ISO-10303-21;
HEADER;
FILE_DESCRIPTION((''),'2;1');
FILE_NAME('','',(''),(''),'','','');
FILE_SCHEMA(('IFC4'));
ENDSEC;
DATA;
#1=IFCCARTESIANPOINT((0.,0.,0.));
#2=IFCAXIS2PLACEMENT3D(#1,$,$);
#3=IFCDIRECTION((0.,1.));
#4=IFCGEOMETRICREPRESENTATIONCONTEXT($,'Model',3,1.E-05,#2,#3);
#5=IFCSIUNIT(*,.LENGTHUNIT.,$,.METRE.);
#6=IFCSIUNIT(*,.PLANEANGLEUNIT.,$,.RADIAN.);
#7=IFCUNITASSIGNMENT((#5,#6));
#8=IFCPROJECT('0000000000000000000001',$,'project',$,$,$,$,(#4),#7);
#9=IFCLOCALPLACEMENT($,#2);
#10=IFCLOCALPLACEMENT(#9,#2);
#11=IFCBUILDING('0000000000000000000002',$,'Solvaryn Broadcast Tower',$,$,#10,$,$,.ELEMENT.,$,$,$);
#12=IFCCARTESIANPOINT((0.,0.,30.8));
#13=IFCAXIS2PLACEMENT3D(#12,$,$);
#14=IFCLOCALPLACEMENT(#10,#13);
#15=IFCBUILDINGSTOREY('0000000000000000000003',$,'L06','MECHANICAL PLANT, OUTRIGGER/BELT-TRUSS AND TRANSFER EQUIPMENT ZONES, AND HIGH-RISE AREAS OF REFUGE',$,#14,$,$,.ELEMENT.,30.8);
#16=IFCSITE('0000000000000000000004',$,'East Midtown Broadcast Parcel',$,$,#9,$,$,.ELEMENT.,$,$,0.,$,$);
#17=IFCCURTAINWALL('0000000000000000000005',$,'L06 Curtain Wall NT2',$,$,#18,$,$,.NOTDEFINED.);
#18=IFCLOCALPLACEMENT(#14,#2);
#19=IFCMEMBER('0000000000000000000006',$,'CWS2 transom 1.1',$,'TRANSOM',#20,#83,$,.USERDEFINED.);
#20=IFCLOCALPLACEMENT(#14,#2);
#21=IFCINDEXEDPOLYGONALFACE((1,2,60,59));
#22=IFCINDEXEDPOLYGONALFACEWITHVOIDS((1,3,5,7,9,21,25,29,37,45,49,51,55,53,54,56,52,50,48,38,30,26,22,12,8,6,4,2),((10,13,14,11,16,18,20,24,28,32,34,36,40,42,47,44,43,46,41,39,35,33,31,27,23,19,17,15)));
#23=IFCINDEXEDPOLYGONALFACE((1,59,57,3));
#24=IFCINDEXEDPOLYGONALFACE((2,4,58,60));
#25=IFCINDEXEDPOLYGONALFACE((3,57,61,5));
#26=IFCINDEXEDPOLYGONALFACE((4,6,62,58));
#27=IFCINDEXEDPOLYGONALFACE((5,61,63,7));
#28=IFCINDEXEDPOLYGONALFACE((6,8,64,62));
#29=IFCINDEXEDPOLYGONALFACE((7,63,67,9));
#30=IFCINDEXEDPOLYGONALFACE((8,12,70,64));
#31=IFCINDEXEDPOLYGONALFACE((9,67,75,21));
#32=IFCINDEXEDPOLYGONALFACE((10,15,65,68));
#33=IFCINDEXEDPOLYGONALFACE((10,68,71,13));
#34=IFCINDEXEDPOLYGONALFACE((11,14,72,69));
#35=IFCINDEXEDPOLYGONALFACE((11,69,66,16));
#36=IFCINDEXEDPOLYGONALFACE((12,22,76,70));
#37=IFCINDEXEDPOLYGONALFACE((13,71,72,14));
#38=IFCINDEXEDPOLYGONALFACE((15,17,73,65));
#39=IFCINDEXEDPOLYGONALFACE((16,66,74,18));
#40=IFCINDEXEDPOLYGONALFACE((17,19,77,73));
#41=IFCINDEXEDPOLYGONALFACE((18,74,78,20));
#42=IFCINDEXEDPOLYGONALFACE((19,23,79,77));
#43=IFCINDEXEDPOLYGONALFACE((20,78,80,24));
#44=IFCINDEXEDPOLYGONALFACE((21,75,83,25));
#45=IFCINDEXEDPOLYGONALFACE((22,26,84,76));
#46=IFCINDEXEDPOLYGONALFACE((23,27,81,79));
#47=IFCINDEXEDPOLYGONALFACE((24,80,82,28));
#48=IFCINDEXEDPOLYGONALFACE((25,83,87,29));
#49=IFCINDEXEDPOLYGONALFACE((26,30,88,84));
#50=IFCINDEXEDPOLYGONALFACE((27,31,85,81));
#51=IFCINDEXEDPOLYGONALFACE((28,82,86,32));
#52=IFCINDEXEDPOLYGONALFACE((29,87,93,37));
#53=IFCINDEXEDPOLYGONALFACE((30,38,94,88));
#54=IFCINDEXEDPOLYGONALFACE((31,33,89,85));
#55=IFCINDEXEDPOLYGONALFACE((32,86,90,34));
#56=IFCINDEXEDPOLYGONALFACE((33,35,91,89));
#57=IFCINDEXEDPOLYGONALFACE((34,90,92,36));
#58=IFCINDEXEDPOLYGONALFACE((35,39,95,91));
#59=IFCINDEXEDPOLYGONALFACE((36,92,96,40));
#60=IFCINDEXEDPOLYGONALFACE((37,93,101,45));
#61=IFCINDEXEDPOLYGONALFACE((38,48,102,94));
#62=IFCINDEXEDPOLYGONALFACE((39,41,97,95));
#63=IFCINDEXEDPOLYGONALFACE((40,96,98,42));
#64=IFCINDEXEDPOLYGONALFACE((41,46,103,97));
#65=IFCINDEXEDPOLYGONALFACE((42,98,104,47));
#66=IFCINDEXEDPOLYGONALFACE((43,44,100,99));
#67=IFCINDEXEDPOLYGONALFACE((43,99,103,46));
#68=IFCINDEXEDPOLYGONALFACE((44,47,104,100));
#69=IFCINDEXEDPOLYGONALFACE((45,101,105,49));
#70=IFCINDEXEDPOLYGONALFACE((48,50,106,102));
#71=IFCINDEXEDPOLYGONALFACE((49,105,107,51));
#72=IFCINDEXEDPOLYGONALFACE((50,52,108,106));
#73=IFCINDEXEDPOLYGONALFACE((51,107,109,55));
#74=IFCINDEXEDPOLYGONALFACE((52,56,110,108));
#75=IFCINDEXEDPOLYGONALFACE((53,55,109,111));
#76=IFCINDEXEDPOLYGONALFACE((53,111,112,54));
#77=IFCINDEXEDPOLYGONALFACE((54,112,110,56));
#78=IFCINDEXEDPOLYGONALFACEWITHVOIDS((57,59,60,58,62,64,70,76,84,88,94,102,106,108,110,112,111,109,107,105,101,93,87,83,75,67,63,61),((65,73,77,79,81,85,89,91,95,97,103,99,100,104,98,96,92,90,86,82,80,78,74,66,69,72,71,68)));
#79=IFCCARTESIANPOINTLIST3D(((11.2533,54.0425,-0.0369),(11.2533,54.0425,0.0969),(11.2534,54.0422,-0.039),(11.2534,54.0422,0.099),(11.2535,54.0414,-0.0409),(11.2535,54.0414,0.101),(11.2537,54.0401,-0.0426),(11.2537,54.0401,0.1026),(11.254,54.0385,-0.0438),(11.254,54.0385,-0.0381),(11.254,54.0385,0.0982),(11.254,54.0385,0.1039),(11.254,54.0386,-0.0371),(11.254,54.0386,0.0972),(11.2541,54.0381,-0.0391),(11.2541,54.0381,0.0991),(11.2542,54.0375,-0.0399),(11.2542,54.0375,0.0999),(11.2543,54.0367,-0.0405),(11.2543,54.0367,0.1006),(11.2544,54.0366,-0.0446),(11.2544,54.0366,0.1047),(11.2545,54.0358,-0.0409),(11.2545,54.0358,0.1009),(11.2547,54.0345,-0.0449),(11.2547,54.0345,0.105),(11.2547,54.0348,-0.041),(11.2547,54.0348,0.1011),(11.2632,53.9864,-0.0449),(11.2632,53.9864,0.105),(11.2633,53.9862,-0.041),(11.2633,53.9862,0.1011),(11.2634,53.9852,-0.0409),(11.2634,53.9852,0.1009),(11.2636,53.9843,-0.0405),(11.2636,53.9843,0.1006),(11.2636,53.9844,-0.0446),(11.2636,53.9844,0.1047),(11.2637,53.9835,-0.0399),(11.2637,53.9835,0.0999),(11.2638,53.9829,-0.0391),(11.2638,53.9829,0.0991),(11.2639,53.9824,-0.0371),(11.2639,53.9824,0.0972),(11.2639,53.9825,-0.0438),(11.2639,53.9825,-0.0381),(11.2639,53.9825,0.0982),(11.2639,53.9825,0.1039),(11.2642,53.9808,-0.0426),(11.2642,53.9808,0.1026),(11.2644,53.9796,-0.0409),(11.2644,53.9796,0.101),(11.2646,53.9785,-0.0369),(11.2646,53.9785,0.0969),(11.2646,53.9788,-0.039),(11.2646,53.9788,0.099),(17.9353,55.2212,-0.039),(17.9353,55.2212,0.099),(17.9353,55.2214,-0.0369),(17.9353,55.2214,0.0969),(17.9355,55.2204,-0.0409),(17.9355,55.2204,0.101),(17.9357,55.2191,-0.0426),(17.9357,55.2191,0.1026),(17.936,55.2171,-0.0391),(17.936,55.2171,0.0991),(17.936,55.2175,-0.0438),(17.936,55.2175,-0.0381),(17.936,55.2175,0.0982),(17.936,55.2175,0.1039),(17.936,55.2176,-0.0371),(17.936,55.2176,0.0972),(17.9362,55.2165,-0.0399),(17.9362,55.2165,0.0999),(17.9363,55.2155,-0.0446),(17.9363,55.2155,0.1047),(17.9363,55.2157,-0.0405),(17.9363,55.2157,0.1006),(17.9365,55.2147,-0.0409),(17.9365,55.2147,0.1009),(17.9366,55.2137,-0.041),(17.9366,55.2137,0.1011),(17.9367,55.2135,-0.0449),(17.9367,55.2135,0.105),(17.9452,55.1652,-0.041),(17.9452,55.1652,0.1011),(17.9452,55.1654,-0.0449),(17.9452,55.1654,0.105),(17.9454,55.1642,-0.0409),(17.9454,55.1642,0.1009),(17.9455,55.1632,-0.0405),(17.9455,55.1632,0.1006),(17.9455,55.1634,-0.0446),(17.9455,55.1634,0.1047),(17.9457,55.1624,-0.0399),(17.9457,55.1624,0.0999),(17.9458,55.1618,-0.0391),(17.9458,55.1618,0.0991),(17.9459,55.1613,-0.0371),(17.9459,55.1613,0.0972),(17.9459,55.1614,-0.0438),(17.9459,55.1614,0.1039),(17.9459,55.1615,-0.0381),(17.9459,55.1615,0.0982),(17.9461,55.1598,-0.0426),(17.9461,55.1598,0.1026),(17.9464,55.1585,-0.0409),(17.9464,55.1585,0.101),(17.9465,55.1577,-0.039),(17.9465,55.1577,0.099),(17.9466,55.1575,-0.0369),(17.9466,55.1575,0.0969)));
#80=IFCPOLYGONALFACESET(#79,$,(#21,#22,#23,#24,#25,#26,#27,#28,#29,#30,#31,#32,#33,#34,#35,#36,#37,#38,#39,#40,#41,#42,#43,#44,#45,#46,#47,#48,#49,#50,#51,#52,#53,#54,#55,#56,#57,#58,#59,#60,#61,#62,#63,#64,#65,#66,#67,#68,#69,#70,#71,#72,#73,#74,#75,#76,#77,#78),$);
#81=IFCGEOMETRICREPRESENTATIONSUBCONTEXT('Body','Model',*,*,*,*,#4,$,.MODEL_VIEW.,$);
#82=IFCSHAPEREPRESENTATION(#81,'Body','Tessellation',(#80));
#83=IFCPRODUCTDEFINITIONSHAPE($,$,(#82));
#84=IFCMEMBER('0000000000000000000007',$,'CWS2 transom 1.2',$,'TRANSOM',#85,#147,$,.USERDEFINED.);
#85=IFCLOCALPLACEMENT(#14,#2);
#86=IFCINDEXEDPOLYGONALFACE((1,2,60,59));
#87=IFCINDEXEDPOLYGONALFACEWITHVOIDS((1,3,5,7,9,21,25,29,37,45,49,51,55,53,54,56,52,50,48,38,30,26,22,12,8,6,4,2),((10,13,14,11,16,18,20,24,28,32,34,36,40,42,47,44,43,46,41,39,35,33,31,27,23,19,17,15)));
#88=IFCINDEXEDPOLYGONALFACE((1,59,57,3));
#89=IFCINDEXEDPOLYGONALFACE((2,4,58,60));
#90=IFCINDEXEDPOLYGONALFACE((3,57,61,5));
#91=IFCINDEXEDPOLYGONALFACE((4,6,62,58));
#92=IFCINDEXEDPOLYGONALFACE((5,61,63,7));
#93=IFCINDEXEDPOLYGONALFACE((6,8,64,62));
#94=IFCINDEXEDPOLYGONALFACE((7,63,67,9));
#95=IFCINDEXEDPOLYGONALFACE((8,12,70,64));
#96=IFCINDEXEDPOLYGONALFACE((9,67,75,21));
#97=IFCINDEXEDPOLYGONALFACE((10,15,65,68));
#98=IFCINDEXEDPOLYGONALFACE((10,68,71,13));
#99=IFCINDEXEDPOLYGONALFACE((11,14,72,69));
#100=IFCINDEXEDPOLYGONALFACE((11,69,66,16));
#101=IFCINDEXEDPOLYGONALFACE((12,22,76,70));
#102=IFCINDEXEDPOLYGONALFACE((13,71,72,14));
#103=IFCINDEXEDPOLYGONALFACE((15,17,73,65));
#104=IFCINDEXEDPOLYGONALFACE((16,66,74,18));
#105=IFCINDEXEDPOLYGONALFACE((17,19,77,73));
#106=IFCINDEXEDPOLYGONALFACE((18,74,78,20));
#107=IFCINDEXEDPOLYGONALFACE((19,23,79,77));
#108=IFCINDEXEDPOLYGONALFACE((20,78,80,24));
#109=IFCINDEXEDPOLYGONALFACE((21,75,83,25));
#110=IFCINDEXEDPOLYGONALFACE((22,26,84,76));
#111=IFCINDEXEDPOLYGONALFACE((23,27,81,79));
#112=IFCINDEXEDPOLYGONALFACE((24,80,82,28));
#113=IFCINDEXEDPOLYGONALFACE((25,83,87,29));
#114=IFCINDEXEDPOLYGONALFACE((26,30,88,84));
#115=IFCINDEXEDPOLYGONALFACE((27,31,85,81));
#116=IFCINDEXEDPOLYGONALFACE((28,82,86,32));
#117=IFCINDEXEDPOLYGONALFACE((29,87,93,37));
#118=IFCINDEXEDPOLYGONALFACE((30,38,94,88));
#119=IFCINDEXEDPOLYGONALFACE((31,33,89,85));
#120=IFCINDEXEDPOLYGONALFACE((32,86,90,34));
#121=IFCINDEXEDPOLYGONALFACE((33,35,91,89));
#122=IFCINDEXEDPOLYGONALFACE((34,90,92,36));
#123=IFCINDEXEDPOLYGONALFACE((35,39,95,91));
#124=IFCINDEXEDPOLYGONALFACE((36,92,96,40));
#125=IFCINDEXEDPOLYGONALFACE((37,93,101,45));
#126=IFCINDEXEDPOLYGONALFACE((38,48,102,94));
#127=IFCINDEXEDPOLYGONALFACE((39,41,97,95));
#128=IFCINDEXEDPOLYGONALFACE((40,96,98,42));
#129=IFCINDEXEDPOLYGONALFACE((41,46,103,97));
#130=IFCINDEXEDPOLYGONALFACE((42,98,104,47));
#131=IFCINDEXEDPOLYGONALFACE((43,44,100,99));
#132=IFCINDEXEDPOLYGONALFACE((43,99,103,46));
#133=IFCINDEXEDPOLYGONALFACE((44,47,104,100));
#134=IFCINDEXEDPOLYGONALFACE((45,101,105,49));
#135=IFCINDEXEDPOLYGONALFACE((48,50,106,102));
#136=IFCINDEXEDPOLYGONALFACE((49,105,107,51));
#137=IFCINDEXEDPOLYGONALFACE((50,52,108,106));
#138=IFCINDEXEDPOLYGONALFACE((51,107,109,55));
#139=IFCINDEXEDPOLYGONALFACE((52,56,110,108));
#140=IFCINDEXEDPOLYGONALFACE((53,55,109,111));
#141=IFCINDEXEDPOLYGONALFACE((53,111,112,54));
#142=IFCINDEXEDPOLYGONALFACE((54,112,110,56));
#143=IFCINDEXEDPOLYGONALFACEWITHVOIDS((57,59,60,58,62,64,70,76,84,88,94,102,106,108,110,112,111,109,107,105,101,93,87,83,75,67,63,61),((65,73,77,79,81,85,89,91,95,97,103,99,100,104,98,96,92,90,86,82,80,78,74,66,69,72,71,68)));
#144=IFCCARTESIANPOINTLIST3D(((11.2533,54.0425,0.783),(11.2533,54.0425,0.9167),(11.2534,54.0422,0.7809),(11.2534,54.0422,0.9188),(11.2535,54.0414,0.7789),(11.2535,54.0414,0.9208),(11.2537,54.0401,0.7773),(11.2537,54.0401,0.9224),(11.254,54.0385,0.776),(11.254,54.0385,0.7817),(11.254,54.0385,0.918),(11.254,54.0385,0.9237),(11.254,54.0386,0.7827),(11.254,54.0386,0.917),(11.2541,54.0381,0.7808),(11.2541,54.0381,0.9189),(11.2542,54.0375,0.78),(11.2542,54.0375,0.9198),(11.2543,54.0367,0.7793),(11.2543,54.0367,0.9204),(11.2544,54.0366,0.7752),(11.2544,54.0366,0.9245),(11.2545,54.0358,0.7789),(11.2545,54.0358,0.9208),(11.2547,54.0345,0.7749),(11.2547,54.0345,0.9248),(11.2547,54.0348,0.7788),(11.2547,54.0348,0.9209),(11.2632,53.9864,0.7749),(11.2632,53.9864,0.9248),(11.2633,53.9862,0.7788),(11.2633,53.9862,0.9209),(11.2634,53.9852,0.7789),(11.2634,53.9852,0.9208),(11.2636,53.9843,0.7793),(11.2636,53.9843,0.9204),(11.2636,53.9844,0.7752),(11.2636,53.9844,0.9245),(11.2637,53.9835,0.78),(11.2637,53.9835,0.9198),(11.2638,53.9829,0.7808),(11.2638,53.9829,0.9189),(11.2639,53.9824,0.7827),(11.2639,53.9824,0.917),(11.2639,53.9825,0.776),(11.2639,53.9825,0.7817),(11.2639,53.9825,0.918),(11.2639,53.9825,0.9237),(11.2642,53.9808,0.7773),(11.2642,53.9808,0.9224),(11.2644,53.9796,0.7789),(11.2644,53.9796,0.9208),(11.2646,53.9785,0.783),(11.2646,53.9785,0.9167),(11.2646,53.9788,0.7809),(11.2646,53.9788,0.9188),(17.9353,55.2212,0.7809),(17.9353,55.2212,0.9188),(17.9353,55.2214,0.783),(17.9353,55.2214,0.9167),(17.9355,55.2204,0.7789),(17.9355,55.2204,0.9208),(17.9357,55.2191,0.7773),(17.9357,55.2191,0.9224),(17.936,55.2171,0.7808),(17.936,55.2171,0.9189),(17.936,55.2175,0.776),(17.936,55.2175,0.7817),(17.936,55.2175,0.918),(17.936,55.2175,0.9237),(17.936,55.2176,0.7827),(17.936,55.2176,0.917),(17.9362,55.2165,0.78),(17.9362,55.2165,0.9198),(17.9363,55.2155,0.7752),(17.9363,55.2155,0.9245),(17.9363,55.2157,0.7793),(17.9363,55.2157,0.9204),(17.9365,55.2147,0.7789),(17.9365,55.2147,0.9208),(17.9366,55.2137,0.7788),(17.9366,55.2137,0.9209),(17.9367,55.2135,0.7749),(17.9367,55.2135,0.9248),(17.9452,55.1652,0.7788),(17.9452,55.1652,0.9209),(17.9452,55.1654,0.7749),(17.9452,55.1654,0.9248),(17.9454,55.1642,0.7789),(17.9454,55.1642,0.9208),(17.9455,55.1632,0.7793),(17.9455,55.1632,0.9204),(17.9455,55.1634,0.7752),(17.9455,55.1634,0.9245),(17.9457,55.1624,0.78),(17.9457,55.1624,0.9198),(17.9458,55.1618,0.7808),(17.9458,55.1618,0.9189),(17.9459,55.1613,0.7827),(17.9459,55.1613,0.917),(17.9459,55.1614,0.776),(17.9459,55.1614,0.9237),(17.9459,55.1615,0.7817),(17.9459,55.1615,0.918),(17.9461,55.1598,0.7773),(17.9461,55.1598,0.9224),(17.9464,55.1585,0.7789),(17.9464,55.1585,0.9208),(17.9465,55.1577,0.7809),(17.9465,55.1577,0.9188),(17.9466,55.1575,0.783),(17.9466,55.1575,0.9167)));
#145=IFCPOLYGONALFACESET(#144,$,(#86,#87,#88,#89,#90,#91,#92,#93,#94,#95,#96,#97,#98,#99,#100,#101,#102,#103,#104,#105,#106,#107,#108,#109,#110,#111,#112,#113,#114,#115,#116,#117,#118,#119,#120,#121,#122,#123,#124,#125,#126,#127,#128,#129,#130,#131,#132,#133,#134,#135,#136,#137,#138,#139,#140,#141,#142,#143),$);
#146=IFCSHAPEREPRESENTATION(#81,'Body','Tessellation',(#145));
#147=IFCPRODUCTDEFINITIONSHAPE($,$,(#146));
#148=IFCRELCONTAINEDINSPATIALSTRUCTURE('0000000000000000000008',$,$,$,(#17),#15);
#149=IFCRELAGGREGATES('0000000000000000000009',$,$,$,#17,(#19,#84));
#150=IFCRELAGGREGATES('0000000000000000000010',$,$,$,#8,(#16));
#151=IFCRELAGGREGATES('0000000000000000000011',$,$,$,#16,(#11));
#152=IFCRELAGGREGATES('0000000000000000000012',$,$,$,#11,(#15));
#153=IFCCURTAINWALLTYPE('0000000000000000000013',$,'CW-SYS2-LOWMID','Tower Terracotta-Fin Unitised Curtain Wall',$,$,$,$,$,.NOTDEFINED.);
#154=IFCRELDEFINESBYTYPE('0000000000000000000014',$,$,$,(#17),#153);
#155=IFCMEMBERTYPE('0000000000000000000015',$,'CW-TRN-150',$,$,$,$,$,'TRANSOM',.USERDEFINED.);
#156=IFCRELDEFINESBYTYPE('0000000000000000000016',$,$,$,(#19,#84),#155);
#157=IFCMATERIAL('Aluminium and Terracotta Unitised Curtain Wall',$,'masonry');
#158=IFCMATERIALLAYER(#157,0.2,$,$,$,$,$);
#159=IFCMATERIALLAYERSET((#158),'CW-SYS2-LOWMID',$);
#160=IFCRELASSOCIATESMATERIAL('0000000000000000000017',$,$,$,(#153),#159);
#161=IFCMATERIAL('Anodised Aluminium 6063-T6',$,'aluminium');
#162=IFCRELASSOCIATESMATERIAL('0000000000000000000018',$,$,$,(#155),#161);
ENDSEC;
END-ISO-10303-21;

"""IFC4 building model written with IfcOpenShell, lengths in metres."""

from ifc_helpers import new_model, si_unit, direction, frame, origin, origin_2d, place, context, subcontext, project, spatial, hollow_rectangle, extrude, material, layer, layer_set, material_profile, profile_set, type_object, element, aggregate, save


model = new_model("IFC4")

# Units and contexts
model_context = context("Model", 3, precision=1e-05, world=origin(), true_north=direction((0.0, 1.0)))
body_context = subcontext(model_context, "Body", "Model", "MODEL_VIEW")
ifc_project = project(units=[si_unit("LENGTHUNIT", "METRE"), si_unit("PLANEANGLEUNIT", "RADIAN")], contexts=[model_context])

# Site, building, storey
site_placement = place(None, origin())
site = spatial("IfcSite", under=ifc_project, at=site_placement, Name="East Midtown Broadcast Parcel", CompositionType="ELEMENT", RefElevation=0.0)
building_placement = place(site_placement, origin())
building = spatial("IfcBuilding", under=site, at=building_placement, Name="Solvaryn Broadcast Tower", CompositionType="ELEMENT")
storey_placement = place(building_placement, frame((0.0, 0.0, 30.8)))
storey = spatial("IfcBuildingStorey", under=building, at=storey_placement, Name="L06", Description="MECHANICAL PLANT, OUTRIGGER/BELT-TRUSS AND TRANSFER EQUIPMENT ZONES, AND HIGH-RISE AREAS OF REFUGE", CompositionType="ELEMENT", Elevation=30.8)

# Curtain wall
ifc_material_1 = material(Name="Aluminium and Terracotta Unitised Curtain Wall", Category="masonry")
ifc_layer_1 = layer(ifc_material_1, 0.2)
ifc_layer_set_1 = layer_set([ifc_layer_1], Name="CW-SYS2-LOWMID")
curtain_wall_type = type_object("IfcCurtainWallType", Name="CW-SYS2-LOWMID", Description="Tower Terracotta-Fin Unitised Curtain Wall", PredefinedType="NOTDEFINED", material=ifc_layer_set_1)
curtain_wall_1_placement = place(storey_placement, origin())
curtain_wall_1 = element("IfcCurtainWall", 1, at=curtain_wall_1_placement, inside=storey, type_object=curtain_wall_type, Name="L06 Curtain Wall NT2", PredefinedType="NOTDEFINED")

# Members
ifc_material_2 = material(Name="Anodised Aluminium 6063-T6", Category="aluminium")
ifc_material_profile_1 = material_profile(ifc_material_2, hollow_rectangle(XDim=0.0649, YDim=0.1499, WallThickness=0.0039, InnerFilletRadius=0.0039, OuterFilletRadius=0.0081, at=origin_2d()))
ifc_profile_set_1 = profile_set([ifc_material_profile_1], Name="Anodised Aluminium 6063-T6")
member_type_1 = type_object("IfcMemberType", Name="CW-TRN-150", ElementType="TRANSOM", PredefinedType="USERDEFINED", material=ifc_profile_set_1)
member_1_placement = place(storey_placement, frame((17.9409, 55.1895, 0.03), z_axis=(-0.984789, -0.173757, 0.0), x_axis=(0.173757, -0.984789, 0.0)))
member_1 = element("IfcMember", 2, at=member_1_placement, type_object=member_type_1, Name="CWS2 transom 1.1", ObjectType="TRANSOM", PredefinedType="USERDEFINED", context=body_context, shape_type="SweptSolid", body=[
    extrude(hollow_rectangle(XDim=0.0649, YDim=0.1499, WallThickness=0.0039, InnerFilletRadius=0.0039, OuterFilletRadius=0.0081, at=origin_2d()), origin(), (0.0, 0.0, 1.0), 6.7852),
])
member_2_placement = place(storey_placement, frame((17.9409, 55.1895, 0.8499), z_axis=(-0.984789, -0.173757, 0.0), x_axis=(0.173757, -0.984789, 0.0)))
member_2 = element("IfcMember", 3, at=member_2_placement, type_object=member_type_1, Name="CWS2 transom 1.2", ObjectType="TRANSOM", PredefinedType="USERDEFINED", context=body_context, shape_type="SweptSolid", body=[
    extrude(hollow_rectangle(XDim=0.0649, YDim=0.1499, WallThickness=0.0039, InnerFilletRadius=0.0039, OuterFilletRadius=0.0081, at=origin_2d()), origin(), (0.0, 0.0, 1.0), 6.7852),
])

aggregate(curtain_wall_1, [member_1, member_2])

save(model, "model.ifc")
